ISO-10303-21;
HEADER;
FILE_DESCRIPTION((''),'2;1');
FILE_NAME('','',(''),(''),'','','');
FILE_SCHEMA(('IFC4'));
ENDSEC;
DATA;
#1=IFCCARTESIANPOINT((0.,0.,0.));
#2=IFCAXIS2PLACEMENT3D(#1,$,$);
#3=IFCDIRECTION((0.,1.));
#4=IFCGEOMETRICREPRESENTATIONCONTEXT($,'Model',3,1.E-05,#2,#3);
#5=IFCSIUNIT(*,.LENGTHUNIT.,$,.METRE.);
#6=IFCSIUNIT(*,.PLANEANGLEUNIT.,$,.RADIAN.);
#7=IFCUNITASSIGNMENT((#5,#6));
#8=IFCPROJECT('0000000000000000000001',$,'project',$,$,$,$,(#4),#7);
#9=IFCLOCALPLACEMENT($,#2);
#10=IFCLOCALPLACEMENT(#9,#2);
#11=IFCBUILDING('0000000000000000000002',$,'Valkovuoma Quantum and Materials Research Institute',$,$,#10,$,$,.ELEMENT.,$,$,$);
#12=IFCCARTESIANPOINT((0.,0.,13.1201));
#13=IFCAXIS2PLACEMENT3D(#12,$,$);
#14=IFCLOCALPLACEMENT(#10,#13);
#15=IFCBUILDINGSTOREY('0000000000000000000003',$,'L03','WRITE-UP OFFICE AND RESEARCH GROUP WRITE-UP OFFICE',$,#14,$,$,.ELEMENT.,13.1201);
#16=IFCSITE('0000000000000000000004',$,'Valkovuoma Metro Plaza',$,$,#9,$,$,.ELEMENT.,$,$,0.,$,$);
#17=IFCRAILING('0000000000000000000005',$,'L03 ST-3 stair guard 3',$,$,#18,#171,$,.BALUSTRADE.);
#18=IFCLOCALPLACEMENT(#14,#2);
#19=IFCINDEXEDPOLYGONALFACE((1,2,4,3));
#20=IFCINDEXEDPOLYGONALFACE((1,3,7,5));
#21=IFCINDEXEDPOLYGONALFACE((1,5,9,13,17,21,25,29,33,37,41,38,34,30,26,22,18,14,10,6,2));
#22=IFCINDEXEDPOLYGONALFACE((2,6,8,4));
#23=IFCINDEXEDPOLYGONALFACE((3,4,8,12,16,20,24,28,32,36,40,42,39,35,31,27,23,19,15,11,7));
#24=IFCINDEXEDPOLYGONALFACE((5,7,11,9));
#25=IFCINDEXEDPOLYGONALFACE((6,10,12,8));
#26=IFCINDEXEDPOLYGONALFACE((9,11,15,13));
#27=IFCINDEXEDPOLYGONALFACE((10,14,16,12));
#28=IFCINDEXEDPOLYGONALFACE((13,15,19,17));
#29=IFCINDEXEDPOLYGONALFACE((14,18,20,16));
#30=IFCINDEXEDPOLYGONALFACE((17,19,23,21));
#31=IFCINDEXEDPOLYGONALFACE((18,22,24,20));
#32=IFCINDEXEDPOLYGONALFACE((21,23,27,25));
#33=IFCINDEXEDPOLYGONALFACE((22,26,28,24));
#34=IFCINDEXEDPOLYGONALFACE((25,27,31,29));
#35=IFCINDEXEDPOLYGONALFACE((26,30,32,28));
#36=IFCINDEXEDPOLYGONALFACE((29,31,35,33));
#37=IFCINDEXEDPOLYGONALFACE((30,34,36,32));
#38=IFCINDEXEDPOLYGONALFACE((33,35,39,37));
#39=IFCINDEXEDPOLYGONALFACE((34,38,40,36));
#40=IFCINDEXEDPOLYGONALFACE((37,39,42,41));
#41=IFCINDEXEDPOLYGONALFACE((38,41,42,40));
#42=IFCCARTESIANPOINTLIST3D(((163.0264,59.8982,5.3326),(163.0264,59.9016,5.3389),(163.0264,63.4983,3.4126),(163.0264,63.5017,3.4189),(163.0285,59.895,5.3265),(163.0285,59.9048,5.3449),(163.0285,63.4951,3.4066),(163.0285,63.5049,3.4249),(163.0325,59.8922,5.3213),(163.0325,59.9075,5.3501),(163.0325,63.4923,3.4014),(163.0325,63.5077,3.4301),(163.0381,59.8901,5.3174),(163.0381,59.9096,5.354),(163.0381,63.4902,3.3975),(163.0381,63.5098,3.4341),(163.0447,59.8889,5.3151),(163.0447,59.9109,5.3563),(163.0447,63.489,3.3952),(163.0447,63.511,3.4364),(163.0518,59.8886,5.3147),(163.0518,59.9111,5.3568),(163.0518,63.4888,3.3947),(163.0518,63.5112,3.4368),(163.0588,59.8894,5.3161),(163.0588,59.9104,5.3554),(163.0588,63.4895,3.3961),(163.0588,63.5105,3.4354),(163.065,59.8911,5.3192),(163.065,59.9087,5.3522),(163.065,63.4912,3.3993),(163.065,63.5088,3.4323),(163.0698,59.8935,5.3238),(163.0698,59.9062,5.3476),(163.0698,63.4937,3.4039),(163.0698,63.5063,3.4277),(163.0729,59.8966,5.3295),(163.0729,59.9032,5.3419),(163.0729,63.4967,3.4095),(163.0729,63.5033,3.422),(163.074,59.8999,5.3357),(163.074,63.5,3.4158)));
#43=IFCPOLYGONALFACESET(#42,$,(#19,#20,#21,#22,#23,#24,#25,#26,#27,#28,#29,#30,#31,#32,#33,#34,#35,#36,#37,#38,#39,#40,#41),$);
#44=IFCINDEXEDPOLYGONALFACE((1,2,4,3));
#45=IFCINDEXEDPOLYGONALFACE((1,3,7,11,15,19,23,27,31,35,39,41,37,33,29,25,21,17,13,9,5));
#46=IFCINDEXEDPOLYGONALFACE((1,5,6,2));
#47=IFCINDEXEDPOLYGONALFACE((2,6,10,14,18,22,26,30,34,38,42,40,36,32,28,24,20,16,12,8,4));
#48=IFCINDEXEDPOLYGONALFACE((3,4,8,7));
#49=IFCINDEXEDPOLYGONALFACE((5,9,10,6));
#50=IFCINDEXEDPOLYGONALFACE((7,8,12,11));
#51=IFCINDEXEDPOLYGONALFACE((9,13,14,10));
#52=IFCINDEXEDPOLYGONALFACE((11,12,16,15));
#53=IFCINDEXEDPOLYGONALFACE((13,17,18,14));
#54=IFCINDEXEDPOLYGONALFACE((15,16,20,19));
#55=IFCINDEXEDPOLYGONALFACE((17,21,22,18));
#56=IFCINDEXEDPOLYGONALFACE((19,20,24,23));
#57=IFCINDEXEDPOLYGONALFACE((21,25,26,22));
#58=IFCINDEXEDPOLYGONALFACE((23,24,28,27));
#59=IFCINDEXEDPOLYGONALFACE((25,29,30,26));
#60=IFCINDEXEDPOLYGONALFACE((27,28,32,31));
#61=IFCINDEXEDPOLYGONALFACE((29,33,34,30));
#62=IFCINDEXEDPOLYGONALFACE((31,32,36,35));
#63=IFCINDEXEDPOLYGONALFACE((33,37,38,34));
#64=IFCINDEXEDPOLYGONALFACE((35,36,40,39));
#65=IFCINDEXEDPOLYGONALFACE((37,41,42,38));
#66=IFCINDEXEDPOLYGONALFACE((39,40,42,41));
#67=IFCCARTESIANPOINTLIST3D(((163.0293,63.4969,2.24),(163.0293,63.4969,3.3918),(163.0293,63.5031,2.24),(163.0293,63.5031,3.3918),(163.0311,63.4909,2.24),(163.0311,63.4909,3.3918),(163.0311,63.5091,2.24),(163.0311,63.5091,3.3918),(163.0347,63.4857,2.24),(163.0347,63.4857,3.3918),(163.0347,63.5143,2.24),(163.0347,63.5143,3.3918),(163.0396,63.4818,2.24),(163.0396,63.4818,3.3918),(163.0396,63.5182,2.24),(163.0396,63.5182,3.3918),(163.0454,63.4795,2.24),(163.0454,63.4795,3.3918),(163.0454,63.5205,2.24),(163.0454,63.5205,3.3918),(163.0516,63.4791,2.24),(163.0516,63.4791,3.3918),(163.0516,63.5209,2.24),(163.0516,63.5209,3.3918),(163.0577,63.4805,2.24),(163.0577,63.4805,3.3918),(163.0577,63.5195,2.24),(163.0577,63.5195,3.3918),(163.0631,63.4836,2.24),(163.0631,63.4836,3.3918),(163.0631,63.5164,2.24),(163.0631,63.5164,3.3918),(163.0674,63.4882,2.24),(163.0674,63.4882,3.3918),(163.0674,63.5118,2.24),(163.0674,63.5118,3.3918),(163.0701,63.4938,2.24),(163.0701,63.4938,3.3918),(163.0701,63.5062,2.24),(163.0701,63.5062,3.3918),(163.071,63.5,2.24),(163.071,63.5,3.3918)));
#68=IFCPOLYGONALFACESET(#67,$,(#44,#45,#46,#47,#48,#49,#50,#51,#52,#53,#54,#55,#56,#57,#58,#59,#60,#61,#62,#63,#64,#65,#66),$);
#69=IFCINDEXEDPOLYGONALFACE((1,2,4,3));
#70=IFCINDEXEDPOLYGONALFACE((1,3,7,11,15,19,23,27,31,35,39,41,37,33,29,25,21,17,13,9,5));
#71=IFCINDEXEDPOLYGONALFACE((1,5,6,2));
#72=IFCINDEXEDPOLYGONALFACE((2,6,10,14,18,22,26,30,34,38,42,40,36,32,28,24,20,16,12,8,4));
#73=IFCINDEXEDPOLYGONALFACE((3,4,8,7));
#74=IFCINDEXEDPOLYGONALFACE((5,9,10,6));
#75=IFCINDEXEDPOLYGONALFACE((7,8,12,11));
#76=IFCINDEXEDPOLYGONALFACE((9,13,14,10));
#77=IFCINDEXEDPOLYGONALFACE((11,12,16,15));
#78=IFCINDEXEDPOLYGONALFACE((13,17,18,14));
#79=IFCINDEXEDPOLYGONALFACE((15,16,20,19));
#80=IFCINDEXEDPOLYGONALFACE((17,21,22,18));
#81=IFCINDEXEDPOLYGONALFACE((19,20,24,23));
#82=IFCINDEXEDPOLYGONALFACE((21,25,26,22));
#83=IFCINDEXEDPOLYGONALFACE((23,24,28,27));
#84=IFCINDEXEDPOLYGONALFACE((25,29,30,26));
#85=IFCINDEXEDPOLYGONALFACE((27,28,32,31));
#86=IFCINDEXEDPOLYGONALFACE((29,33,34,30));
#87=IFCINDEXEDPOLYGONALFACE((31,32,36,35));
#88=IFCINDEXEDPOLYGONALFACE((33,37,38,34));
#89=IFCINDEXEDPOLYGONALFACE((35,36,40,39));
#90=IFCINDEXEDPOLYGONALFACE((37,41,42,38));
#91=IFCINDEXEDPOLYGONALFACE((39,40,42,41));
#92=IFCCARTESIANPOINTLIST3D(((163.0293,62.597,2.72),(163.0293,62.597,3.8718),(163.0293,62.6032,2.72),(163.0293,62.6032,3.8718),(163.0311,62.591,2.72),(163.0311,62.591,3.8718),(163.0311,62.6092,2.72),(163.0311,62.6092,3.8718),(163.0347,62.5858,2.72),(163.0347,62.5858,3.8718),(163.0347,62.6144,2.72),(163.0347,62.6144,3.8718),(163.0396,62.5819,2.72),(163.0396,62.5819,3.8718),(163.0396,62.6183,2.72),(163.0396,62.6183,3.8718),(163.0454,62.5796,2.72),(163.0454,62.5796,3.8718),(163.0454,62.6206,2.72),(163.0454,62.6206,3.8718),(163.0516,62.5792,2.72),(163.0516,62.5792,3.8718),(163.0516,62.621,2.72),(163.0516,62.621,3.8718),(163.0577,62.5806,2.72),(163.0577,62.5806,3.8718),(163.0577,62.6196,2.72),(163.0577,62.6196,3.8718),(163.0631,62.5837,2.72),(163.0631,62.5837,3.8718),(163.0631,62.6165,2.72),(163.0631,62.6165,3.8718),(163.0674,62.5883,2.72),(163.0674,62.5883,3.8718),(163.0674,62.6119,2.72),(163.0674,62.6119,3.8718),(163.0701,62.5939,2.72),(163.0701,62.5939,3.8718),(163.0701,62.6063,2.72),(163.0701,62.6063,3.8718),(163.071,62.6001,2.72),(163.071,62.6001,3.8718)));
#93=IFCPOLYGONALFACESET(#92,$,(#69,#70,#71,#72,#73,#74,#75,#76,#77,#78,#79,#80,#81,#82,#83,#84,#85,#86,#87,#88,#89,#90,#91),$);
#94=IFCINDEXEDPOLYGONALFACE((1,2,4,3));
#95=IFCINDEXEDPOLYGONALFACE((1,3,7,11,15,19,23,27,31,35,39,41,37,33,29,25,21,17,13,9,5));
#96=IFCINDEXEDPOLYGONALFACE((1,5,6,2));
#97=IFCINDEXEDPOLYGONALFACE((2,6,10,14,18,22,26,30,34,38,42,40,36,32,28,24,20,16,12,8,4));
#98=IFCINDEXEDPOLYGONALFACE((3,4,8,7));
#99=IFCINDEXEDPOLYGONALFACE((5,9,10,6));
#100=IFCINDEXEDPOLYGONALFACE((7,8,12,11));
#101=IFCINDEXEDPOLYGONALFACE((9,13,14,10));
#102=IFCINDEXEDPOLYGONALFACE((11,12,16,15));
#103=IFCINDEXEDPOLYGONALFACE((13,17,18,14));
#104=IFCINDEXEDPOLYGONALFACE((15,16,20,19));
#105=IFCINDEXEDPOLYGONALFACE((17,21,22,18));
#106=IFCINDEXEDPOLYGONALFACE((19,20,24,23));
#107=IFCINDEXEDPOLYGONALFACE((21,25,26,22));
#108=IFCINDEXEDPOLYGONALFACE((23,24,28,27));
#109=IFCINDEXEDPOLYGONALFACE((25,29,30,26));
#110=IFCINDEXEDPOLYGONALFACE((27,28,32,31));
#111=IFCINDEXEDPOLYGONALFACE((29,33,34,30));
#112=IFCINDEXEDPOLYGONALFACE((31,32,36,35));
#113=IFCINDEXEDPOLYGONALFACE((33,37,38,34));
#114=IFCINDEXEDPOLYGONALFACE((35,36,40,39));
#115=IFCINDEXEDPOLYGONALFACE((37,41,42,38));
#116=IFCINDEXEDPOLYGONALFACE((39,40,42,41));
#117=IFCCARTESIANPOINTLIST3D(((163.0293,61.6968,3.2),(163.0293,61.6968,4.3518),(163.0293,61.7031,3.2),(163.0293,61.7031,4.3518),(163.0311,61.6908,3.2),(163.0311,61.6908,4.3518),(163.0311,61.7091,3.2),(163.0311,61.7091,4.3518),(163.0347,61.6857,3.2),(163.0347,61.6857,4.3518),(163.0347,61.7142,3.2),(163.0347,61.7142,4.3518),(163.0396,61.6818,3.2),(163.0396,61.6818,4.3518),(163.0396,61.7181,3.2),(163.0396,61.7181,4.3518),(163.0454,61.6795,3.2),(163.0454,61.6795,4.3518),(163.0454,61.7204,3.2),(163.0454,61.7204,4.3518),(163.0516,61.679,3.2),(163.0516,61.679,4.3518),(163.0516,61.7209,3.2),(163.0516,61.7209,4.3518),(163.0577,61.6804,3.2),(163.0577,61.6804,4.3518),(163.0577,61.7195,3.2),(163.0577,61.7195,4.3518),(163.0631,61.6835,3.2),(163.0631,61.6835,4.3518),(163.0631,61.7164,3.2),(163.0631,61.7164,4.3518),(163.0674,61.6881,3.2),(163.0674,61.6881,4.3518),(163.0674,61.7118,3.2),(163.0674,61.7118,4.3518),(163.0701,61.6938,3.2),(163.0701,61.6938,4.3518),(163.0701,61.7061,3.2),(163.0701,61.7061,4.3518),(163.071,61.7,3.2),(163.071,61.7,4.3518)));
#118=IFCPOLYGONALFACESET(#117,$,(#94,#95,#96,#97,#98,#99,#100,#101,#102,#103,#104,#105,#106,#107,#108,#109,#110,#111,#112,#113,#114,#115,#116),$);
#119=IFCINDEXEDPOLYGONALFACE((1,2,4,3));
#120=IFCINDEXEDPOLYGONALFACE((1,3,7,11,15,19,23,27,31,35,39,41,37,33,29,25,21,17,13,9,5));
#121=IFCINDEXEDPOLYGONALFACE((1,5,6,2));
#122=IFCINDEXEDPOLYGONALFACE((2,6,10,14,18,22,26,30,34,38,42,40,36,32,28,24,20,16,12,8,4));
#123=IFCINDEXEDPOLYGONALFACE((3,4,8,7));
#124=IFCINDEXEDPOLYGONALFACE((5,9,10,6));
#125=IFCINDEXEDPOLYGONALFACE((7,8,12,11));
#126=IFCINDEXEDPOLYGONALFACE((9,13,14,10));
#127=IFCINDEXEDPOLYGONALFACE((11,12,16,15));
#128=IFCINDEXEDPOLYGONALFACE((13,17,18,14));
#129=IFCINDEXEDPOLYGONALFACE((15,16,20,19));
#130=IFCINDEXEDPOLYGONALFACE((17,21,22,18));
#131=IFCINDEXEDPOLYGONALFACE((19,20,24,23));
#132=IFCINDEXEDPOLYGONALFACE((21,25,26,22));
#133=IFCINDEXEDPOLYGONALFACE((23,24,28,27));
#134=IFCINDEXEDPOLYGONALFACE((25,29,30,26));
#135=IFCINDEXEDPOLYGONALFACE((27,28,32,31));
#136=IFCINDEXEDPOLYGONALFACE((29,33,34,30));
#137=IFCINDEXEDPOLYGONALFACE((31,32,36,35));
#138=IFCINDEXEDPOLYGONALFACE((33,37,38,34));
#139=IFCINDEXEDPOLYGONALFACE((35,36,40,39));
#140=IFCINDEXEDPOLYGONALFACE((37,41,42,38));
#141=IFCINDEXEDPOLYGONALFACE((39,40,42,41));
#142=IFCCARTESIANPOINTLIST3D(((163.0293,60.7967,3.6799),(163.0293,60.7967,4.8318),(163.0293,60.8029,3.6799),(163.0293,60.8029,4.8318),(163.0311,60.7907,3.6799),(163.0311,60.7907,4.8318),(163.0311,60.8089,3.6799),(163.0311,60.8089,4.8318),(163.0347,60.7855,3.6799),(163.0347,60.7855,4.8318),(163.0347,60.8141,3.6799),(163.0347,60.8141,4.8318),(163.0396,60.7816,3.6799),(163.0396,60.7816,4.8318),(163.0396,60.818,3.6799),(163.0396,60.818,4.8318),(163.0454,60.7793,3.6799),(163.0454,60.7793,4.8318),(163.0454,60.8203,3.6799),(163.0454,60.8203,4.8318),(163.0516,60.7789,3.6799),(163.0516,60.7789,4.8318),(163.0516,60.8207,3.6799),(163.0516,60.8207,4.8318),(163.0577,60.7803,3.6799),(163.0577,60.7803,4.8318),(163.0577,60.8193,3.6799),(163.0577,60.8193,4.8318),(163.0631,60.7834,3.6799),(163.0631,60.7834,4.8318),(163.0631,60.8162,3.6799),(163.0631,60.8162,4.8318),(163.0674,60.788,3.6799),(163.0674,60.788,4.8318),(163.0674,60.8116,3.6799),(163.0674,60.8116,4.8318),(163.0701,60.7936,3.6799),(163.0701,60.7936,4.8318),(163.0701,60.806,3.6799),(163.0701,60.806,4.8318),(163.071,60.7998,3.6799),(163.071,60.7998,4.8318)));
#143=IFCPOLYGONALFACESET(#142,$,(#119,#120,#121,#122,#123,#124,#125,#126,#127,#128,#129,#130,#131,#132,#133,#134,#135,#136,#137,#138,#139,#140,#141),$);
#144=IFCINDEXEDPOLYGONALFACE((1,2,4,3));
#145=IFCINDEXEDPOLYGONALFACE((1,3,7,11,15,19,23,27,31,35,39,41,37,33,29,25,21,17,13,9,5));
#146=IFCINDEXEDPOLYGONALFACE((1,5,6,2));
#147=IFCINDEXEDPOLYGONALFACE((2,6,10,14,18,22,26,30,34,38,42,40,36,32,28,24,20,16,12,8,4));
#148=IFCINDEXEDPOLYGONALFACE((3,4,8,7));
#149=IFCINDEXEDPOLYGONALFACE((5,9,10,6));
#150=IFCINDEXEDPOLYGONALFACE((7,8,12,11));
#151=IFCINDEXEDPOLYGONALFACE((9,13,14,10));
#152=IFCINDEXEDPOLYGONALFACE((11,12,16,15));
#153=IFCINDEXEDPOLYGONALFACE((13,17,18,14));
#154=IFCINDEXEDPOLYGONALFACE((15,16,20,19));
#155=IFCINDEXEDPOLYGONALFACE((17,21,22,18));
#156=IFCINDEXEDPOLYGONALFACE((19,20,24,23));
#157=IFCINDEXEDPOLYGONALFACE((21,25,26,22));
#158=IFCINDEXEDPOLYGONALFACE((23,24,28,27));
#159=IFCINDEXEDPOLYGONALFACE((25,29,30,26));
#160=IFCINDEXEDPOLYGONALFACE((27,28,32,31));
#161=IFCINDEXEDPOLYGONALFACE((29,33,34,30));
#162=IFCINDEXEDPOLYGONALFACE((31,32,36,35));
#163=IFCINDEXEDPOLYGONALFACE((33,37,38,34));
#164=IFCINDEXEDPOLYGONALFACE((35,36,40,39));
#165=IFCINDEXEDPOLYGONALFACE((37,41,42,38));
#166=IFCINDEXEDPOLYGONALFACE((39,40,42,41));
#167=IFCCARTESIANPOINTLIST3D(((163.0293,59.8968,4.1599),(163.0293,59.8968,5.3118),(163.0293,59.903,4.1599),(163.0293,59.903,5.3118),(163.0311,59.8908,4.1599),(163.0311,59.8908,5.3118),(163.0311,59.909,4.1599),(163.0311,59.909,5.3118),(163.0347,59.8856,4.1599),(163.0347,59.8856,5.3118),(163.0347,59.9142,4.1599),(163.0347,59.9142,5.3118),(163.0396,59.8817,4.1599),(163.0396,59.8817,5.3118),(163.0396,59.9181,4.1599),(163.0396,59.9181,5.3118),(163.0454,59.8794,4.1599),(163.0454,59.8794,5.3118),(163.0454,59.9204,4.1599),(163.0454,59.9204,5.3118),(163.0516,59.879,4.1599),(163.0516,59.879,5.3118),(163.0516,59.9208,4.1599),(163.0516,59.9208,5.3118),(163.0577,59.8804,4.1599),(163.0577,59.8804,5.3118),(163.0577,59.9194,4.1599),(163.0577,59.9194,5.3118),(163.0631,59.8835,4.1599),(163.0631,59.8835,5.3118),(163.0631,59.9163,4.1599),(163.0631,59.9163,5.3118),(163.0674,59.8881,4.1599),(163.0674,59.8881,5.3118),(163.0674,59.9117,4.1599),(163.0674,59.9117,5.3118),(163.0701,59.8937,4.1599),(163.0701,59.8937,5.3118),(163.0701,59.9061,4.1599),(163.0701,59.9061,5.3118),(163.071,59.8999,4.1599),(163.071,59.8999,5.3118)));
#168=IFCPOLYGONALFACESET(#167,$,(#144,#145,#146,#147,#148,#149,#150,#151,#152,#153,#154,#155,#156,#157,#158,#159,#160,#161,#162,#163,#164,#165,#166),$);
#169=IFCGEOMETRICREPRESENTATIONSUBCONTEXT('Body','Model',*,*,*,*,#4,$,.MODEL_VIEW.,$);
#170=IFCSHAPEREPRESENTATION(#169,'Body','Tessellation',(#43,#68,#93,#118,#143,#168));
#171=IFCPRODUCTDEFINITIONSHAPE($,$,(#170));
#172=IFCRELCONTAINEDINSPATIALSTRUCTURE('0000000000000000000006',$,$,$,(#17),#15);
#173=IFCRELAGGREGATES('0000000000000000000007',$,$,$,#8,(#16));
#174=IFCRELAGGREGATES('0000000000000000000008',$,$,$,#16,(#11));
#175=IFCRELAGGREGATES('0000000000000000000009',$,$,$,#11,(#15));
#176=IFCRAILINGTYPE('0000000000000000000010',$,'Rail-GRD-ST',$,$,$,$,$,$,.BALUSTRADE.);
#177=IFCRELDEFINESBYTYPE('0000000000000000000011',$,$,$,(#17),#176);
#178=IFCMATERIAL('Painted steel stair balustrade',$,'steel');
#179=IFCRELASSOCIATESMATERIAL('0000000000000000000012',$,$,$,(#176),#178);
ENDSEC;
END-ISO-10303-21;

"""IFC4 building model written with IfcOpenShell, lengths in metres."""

from ifc_helpers import new_model, si_unit, direction, frame, origin, origin_2d, place, context, subcontext, project, spatial, circle, extrude, material, type_object, element, save


model = new_model("IFC4")

# Units and contexts
model_context = context("Model", 3, precision=1e-05, world=origin(), true_north=direction((0.0, 1.0)))
body_context = subcontext(model_context, "Body", "Model", "MODEL_VIEW")
ifc_project = project(units=[si_unit("LENGTHUNIT", "METRE"), si_unit("PLANEANGLEUNIT", "RADIAN")], contexts=[model_context])

# Site, building, storey
site_placement = place(None, origin())
site = spatial("IfcSite", under=ifc_project, at=site_placement, Name="Valkovuoma Metro Plaza", CompositionType="ELEMENT", RefElevation=0.0)
building_placement = place(site_placement, origin())
building = spatial("IfcBuilding", under=site, at=building_placement, Name="Valkovuoma Quantum and Materials Research Institute", CompositionType="ELEMENT")
storey_placement = place(building_placement, frame((0.0, 0.0, 13.1201)))
storey = spatial("IfcBuildingStorey", under=building, at=storey_placement, Name="L03", Description="WRITE-UP OFFICE AND RESEARCH GROUP WRITE-UP OFFICE", CompositionType="ELEMENT", Elevation=13.1201)

# Railing
ifc_material_1 = material(Name="Painted steel stair balustrade", Category="steel")
railing_type_1 = type_object("IfcRailingType", Name="Rail-GRD-ST", PredefinedType="BALUSTRADE", material=ifc_material_1)
railing_1_placement = place(storey_placement, frame((163.05, 63.5, 2.24)))
element("IfcRailing", 1, at=railing_1_placement, inside=storey, type_object=railing_type_1, Name="L03 ST-3 stair guard 3", PredefinedType="BALUSTRADE", context=body_context, shape_type="SweptSolid", body=[
    extrude(circle(Radius=0.0239, at=origin_2d()), frame((0.0, 0.0, 1.1758), z_axis=(0.0, -0.882366, 0.470563), x_axis=(1.0, 0.0, 0.0)), (0.0, 0.0, 1.0), 4.0801),
    extrude(circle(Radius=0.021, at=origin_2d()), origin(), (0.0, 0.0, 1.0), 1.1519),
    extrude(circle(Radius=0.021, at=origin_2d()), frame((0.0, -0.8999, 0.48)), (0.0, 0.0, 1.0), 1.1519),
    extrude(circle(Radius=0.021, at=origin_2d()), frame((0.0, -1.8, 0.96)), (0.0, 0.0, 1.0), 1.1519),
    extrude(circle(Radius=0.021, at=origin_2d()), frame((0.0, -2.7002, 1.4399)), (0.0, 0.0, 1.0), 1.1519),
    extrude(circle(Radius=0.021, at=origin_2d()), frame((0.0, -3.6001, 1.9199)), (0.0, 0.0, 1.0), 1.1519),
])

save(model, "model.ifc")
